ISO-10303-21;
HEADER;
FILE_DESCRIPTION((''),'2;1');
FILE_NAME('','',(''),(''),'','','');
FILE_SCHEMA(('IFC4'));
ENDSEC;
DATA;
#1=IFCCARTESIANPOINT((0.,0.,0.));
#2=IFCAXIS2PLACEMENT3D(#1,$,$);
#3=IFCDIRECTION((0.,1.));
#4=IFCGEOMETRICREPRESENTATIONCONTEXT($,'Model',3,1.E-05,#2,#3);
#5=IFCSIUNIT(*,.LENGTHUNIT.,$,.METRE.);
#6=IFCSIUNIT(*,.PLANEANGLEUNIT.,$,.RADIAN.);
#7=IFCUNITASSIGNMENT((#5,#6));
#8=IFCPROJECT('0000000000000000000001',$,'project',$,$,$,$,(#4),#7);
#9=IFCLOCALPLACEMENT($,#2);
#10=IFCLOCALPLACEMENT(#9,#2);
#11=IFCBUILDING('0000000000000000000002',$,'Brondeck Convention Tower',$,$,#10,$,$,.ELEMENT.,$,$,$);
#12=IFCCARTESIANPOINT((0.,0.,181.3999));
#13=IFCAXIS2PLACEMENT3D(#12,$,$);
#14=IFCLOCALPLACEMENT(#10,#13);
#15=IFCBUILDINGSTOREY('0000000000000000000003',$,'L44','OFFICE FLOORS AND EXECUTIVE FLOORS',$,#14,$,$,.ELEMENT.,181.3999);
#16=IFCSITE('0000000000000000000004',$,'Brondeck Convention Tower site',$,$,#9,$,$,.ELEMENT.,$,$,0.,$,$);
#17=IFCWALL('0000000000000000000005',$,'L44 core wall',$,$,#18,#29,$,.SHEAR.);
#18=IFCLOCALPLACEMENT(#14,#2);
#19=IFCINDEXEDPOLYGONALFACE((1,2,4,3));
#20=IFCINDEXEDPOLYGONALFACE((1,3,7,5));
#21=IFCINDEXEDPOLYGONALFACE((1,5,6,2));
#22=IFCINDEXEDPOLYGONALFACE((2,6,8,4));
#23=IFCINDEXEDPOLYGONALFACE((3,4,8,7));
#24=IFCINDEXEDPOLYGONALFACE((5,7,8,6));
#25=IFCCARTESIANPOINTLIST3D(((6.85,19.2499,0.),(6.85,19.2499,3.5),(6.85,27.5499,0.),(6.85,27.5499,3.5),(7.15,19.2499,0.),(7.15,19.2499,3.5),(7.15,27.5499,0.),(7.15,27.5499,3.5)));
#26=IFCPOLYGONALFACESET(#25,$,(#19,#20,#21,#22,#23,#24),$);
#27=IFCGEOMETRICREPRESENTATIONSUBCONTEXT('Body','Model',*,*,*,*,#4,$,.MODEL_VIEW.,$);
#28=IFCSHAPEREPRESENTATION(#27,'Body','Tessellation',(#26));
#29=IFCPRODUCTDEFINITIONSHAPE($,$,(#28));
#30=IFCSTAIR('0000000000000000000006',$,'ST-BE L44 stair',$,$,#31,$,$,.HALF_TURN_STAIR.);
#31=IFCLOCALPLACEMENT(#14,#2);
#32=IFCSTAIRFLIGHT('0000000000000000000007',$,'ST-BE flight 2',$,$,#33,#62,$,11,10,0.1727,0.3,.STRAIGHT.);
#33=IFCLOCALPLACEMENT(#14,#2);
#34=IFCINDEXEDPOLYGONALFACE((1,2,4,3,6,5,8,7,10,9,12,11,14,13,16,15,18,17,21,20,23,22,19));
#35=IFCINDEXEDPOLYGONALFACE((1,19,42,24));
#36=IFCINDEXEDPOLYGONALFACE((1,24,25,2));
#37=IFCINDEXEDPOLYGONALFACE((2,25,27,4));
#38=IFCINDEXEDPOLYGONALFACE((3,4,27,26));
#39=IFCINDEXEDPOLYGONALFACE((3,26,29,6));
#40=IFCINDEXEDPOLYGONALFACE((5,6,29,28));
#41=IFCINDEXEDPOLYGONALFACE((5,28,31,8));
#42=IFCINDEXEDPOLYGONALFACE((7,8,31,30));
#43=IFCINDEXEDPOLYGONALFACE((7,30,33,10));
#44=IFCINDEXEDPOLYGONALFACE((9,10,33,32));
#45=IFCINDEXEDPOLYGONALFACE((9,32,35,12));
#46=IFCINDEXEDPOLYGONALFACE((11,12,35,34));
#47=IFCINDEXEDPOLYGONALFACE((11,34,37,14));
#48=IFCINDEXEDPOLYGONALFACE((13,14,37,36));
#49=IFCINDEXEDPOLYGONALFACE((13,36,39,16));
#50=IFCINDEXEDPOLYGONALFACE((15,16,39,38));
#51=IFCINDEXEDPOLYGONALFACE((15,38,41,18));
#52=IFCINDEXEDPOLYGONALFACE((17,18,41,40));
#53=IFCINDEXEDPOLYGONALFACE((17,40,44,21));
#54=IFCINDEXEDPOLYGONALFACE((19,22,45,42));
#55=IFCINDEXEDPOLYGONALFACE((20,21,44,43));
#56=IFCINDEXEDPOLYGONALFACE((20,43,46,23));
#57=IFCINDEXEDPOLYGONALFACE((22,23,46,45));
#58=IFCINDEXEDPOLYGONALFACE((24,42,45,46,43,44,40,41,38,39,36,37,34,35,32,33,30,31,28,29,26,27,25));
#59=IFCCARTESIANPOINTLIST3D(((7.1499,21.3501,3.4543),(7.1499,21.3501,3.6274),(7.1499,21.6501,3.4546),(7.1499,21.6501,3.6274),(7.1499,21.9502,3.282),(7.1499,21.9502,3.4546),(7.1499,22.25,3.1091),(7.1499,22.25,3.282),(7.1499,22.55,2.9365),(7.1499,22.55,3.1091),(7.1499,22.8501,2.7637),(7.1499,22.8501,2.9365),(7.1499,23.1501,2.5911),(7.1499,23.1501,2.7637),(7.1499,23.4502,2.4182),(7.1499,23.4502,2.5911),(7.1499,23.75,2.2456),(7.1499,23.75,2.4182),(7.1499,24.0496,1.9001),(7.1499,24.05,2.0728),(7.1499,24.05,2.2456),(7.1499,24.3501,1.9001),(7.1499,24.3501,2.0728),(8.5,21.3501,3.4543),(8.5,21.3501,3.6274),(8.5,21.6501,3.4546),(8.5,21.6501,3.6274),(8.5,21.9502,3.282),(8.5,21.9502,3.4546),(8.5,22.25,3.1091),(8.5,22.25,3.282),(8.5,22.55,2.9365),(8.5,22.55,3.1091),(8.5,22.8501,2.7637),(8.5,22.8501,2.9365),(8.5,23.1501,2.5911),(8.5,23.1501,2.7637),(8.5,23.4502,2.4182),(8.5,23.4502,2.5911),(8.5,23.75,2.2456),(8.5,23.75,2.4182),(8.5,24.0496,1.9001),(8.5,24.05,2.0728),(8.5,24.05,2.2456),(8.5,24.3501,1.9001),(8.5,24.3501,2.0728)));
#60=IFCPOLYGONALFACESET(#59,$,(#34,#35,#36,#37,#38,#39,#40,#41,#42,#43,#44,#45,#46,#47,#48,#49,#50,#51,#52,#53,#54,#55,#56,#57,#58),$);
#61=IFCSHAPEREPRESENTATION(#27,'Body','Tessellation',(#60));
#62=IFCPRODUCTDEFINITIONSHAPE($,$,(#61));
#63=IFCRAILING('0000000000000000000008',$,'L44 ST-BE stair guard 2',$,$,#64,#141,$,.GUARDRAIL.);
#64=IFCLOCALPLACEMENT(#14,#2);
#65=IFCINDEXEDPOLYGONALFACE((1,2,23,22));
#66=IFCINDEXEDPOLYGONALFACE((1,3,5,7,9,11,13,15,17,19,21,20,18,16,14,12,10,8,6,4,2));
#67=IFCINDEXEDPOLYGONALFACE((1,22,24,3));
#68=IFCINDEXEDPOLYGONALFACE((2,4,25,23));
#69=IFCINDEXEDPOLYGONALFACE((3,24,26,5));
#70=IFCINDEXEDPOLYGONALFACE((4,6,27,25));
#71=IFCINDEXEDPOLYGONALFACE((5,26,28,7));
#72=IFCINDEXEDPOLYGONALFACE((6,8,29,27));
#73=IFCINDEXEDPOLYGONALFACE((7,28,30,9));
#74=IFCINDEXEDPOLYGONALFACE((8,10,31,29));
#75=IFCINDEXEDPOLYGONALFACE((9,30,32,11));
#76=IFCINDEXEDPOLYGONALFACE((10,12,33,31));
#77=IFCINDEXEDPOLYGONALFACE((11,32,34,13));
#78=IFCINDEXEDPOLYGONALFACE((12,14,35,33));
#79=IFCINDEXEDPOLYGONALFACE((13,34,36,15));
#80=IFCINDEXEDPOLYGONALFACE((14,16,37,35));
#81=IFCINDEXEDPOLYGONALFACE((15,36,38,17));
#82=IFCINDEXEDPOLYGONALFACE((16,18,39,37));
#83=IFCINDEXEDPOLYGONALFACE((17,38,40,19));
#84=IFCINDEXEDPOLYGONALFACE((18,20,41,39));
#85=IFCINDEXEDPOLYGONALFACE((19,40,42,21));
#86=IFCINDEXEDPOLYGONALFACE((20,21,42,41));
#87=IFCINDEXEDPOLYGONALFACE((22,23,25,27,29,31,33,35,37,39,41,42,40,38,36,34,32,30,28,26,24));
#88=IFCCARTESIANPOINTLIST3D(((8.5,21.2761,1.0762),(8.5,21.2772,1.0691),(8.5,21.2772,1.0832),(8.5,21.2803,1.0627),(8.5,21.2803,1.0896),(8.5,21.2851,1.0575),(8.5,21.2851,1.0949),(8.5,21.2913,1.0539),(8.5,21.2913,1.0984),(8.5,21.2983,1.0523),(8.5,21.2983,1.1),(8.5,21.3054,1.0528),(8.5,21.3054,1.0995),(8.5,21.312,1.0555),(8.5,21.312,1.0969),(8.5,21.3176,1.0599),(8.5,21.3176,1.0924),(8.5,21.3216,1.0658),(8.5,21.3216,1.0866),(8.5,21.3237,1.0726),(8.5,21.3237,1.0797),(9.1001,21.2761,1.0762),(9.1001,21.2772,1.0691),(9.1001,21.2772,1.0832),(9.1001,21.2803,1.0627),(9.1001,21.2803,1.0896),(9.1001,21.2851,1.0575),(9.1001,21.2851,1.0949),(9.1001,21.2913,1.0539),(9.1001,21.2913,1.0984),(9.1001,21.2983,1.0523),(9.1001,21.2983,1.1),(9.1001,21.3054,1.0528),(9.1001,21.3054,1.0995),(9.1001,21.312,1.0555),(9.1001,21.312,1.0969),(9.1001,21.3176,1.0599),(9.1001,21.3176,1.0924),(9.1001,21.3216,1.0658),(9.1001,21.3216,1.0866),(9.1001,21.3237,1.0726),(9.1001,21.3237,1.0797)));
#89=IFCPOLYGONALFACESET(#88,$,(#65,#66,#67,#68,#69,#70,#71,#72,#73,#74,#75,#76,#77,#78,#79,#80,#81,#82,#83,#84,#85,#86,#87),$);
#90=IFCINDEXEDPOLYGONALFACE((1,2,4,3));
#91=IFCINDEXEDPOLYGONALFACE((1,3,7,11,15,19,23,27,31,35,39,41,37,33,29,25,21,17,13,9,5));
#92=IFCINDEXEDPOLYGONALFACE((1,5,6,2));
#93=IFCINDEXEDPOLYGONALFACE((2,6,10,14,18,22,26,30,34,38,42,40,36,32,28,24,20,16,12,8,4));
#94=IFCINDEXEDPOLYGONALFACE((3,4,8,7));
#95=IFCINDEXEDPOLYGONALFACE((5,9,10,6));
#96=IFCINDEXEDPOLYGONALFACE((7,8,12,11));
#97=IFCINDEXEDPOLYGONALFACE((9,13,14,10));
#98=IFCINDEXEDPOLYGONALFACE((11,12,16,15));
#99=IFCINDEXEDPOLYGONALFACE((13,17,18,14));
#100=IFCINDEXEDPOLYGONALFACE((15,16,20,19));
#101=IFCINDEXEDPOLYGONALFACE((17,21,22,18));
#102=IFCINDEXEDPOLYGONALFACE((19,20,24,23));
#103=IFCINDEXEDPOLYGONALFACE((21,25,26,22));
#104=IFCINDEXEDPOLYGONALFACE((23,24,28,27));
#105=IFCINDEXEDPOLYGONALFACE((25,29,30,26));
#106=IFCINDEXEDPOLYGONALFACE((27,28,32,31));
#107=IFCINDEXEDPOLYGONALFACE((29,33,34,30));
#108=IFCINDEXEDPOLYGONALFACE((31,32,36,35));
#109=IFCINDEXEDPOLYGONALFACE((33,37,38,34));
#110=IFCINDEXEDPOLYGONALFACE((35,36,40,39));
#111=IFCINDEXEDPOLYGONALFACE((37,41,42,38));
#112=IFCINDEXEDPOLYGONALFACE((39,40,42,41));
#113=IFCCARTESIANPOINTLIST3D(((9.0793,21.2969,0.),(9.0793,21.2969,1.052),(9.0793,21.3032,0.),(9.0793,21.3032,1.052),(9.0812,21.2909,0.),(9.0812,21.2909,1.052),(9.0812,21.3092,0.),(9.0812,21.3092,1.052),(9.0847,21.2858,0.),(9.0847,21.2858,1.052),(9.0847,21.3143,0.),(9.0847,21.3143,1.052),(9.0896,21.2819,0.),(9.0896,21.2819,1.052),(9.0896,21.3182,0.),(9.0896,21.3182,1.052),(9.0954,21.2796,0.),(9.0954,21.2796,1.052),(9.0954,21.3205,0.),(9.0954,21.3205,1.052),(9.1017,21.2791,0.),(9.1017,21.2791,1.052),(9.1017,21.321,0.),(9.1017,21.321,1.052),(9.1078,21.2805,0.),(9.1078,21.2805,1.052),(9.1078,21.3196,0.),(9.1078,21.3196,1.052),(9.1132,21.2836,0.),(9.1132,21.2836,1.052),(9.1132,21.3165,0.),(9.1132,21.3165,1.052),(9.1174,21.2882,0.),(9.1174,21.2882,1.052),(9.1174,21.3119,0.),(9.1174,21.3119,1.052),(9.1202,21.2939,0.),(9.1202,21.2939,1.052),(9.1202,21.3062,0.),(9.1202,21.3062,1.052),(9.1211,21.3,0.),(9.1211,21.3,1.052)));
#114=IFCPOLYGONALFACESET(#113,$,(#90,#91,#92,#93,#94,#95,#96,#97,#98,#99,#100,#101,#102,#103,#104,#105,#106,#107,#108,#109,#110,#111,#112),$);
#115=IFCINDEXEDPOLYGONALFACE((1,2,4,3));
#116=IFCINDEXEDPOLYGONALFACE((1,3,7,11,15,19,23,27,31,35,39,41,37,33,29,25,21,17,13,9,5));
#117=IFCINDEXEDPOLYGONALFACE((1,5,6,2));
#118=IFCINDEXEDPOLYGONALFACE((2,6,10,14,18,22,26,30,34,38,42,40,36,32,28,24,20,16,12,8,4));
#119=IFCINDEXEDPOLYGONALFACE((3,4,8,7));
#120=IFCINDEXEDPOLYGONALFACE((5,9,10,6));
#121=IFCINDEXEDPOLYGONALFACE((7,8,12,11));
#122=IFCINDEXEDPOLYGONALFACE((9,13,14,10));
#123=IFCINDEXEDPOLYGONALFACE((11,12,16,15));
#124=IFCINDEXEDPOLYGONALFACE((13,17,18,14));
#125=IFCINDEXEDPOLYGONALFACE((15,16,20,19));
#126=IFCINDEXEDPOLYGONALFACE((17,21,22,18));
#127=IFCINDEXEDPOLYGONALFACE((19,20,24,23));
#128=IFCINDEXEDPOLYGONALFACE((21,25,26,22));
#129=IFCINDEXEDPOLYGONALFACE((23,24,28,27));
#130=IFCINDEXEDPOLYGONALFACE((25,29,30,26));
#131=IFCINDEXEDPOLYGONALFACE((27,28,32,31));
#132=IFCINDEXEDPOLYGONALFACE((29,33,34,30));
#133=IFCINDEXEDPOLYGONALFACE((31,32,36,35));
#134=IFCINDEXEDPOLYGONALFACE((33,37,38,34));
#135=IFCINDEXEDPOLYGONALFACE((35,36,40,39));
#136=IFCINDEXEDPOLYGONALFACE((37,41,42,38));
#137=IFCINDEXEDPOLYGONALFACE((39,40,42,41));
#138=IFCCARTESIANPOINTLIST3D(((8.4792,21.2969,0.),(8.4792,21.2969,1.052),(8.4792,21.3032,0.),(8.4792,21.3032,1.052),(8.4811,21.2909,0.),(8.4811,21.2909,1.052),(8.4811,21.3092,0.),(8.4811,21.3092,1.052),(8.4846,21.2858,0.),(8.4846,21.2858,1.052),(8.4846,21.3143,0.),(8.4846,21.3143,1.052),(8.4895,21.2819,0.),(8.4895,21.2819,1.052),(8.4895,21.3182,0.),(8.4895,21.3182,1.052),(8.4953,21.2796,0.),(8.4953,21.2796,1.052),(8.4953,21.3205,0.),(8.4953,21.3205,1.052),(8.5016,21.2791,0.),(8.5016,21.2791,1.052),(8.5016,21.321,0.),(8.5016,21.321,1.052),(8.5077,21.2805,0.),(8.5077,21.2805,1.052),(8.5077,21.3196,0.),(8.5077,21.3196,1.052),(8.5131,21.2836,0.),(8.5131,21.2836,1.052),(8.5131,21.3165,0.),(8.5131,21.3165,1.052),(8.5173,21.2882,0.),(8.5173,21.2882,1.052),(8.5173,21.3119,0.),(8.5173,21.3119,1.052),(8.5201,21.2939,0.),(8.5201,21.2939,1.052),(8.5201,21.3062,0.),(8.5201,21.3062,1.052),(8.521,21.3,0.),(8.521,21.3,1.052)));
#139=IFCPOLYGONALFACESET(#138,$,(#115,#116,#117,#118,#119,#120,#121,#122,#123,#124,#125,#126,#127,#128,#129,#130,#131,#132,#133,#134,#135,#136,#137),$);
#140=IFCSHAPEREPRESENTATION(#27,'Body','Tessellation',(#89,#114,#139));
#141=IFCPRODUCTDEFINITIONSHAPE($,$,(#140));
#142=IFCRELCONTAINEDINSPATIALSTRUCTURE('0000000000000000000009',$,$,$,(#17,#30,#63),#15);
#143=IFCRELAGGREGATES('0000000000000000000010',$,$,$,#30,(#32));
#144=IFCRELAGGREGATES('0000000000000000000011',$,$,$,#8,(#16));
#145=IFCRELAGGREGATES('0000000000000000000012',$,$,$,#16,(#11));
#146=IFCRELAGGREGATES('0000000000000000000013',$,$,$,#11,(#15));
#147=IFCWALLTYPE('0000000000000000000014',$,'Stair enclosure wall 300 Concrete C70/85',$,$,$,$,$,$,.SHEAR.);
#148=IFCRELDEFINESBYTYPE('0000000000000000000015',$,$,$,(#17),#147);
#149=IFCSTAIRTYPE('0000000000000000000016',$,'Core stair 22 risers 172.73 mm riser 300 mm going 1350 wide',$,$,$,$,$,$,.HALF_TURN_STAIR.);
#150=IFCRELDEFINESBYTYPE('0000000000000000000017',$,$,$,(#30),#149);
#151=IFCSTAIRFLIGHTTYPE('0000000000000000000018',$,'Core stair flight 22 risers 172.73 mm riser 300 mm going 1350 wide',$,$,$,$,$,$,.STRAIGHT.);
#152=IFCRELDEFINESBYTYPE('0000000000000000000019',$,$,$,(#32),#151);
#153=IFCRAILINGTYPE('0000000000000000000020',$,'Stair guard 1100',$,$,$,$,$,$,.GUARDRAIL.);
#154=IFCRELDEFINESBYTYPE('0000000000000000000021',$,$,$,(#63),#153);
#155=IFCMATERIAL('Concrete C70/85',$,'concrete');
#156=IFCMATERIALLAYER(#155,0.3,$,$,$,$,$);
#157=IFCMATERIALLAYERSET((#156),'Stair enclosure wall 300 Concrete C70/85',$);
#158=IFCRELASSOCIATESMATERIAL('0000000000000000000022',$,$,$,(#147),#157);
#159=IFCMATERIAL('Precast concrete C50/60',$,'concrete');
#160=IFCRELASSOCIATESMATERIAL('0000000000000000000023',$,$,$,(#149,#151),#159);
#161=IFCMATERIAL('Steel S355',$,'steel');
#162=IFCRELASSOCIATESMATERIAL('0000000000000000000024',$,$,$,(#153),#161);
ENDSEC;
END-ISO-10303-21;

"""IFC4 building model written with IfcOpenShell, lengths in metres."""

from ifc_helpers import new_model, si_unit, direction, frame, frame_2d, origin, origin_2d, place, context, subcontext, project, spatial, polyline, rectangle, circle, outline, extrude, material, layer, layer_set, type_object, element, aggregate, save


model = new_model("IFC4")

# Units and contexts
model_context = context("Model", 3, precision=1e-05, world=origin(), true_north=direction((0.0, 1.0)))
body_context = subcontext(model_context, "Body", "Model", "MODEL_VIEW")
ifc_project = project(units=[si_unit("LENGTHUNIT", "METRE"), si_unit("PLANEANGLEUNIT", "RADIAN")], contexts=[model_context])

# Site, building, storey
site_placement = place(None, origin())
site = spatial("IfcSite", under=ifc_project, at=site_placement, Name="Brondeck Convention Tower site", CompositionType="ELEMENT", RefElevation=0.0)
building_placement = place(site_placement, origin())
building = spatial("IfcBuilding", under=site, at=building_placement, Name="Brondeck Convention Tower", CompositionType="ELEMENT")
storey_placement = place(building_placement, frame((0.0, 0.0, 181.3999)))
storey = spatial("IfcBuildingStorey", under=building, at=storey_placement, Name="L44", Description="OFFICE FLOORS AND EXECUTIVE FLOORS", CompositionType="ELEMENT", Elevation=181.3999)

# Shared definitions
ifc_material_1 = material(Name="Concrete C70/85", Category="concrete")

# Shared definitions
ifc_material_2 = material(Name="Steel S355", Category="steel")

# Wall
ifc_layer_1 = layer(ifc_material_1, 0.3)
ifc_layer_set_1 = layer_set([ifc_layer_1], Name="Stair enclosure wall 300 Concrete C70/85")
wall_type_1 = type_object("IfcWallType", Name="Stair enclosure wall 300 Concrete C70/85", PredefinedType="SHEAR", material=ifc_layer_set_1)
wall_1_placement = place(storey_placement, frame((7.0, 19.25, 0.0), z_axis=(0.0, 0.0, 1.0), x_axis=(0.0, 1.0, 0.0)))
element("IfcWall", 1, at=wall_1_placement, inside=storey, type_object=wall_type_1, Name="L44 core wall", PredefinedType="SHEAR", context=body_context, shape_type="SweptSolid", body=[
    extrude(rectangle(XDim=8.3, YDim=0.3, at=frame_2d((4.1499, 0.0))), origin(), (0.0, 0.0, 1.0), 3.5),
])

# Stair, stair flight
ifc_material_3 = material(Name="Precast concrete C50/60", Category="concrete")
stair_type = type_object("IfcStairType", Name="Core stair 22 risers 172.73 mm riser 300 mm going 1350 wide", PredefinedType="HALF_TURN_STAIR", material=ifc_material_3)
stair_placement = place(storey_placement, origin())
stair = element("IfcStair", 2, at=stair_placement, inside=storey, type_object=stair_type, Name="ST-BE L44 stair", PredefinedType="HALF_TURN_STAIR")
stair_flight_type = type_object("IfcStairFlightType", Name="Core stair flight 22 risers 172.73 mm riser 300 mm going 1350 wide", PredefinedType="STRAIGHT", material=ifc_material_3)
stair_flight_placement = place(storey_placement, frame((7.825, 24.3501, 1.9001), z_axis=(0.0, 0.0, 1.0), x_axis=(0.0, -1.0, 0.0)))
stair_flight = element("IfcStairFlight", 3, at=stair_flight_placement, type_object=stair_flight_type, Name="ST-BE flight 2", NumberOfRisers=11, NumberOfTreads=10, PredefinedType="STRAIGHT", RiserHeight=0.1727, TreadLength=0.3, context=body_context, shape_type="SweptSolid", body=[
    extrude(outline(polyline([(0.0, 0.0), (0.0, 0.1726), (0.3, 0.1726), (0.3, 0.3455), (0.6001, 0.3455), (0.6001, 0.5181), (0.8999, 0.5181), (0.8999, 0.6909), (1.2, 0.6909), (1.2, 0.8635), (1.5, 0.8635), (1.5, 1.0364), (1.8, 1.0364), (1.8, 1.209), (2.1001, 1.209), (2.1001, 1.3818), (2.3999, 1.3818), (2.3999, 1.5544), (2.7, 1.5544), (2.7, 1.7273), (3.0, 1.7273), (3.0, 1.8999), (3.0, 1.5542), (0.3005, 0.0), (0.0, 0.0)])), frame((0.0, 0.675, 0.0), z_axis=(0.0, -1.0, 0.0), x_axis=(1.0, 0.0, 0.0)), (0.0, 0.0, 1.0), 1.3501),
])
aggregate(stair, [stair_flight])

# Railing
railing_type_1 = type_object("IfcRailingType", Name="Stair guard 1100", PredefinedType="GUARDRAIL", material=ifc_material_2)
railing_1_placement = place(storey_placement, frame((9.1001, 21.3, 0.0)))
element("IfcRailing", 4, at=railing_1_placement, inside=storey, type_object=railing_type_1, Name="L44 ST-BE stair guard 2", PredefinedType="GUARDRAIL", context=body_context, shape_type="SweptSolid", body=[
    extrude(circle(Radius=0.0239, at=origin_2d()), frame((0.0, 0.0, 1.0762), z_axis=(-1.0, 0.0, 0.0), x_axis=(0.0, -1.0, 0.0)), (0.0, 0.0, 1.0), 0.6001),
    extrude(circle(Radius=0.021, at=origin_2d()), origin(), (0.0, 0.0, 1.0), 1.052),
    extrude(circle(Radius=0.021, at=origin_2d()), frame((-0.6001, 0.0, 0.0)), (0.0, 0.0, 1.0), 1.052),
])

save(model, "model.ifc")
